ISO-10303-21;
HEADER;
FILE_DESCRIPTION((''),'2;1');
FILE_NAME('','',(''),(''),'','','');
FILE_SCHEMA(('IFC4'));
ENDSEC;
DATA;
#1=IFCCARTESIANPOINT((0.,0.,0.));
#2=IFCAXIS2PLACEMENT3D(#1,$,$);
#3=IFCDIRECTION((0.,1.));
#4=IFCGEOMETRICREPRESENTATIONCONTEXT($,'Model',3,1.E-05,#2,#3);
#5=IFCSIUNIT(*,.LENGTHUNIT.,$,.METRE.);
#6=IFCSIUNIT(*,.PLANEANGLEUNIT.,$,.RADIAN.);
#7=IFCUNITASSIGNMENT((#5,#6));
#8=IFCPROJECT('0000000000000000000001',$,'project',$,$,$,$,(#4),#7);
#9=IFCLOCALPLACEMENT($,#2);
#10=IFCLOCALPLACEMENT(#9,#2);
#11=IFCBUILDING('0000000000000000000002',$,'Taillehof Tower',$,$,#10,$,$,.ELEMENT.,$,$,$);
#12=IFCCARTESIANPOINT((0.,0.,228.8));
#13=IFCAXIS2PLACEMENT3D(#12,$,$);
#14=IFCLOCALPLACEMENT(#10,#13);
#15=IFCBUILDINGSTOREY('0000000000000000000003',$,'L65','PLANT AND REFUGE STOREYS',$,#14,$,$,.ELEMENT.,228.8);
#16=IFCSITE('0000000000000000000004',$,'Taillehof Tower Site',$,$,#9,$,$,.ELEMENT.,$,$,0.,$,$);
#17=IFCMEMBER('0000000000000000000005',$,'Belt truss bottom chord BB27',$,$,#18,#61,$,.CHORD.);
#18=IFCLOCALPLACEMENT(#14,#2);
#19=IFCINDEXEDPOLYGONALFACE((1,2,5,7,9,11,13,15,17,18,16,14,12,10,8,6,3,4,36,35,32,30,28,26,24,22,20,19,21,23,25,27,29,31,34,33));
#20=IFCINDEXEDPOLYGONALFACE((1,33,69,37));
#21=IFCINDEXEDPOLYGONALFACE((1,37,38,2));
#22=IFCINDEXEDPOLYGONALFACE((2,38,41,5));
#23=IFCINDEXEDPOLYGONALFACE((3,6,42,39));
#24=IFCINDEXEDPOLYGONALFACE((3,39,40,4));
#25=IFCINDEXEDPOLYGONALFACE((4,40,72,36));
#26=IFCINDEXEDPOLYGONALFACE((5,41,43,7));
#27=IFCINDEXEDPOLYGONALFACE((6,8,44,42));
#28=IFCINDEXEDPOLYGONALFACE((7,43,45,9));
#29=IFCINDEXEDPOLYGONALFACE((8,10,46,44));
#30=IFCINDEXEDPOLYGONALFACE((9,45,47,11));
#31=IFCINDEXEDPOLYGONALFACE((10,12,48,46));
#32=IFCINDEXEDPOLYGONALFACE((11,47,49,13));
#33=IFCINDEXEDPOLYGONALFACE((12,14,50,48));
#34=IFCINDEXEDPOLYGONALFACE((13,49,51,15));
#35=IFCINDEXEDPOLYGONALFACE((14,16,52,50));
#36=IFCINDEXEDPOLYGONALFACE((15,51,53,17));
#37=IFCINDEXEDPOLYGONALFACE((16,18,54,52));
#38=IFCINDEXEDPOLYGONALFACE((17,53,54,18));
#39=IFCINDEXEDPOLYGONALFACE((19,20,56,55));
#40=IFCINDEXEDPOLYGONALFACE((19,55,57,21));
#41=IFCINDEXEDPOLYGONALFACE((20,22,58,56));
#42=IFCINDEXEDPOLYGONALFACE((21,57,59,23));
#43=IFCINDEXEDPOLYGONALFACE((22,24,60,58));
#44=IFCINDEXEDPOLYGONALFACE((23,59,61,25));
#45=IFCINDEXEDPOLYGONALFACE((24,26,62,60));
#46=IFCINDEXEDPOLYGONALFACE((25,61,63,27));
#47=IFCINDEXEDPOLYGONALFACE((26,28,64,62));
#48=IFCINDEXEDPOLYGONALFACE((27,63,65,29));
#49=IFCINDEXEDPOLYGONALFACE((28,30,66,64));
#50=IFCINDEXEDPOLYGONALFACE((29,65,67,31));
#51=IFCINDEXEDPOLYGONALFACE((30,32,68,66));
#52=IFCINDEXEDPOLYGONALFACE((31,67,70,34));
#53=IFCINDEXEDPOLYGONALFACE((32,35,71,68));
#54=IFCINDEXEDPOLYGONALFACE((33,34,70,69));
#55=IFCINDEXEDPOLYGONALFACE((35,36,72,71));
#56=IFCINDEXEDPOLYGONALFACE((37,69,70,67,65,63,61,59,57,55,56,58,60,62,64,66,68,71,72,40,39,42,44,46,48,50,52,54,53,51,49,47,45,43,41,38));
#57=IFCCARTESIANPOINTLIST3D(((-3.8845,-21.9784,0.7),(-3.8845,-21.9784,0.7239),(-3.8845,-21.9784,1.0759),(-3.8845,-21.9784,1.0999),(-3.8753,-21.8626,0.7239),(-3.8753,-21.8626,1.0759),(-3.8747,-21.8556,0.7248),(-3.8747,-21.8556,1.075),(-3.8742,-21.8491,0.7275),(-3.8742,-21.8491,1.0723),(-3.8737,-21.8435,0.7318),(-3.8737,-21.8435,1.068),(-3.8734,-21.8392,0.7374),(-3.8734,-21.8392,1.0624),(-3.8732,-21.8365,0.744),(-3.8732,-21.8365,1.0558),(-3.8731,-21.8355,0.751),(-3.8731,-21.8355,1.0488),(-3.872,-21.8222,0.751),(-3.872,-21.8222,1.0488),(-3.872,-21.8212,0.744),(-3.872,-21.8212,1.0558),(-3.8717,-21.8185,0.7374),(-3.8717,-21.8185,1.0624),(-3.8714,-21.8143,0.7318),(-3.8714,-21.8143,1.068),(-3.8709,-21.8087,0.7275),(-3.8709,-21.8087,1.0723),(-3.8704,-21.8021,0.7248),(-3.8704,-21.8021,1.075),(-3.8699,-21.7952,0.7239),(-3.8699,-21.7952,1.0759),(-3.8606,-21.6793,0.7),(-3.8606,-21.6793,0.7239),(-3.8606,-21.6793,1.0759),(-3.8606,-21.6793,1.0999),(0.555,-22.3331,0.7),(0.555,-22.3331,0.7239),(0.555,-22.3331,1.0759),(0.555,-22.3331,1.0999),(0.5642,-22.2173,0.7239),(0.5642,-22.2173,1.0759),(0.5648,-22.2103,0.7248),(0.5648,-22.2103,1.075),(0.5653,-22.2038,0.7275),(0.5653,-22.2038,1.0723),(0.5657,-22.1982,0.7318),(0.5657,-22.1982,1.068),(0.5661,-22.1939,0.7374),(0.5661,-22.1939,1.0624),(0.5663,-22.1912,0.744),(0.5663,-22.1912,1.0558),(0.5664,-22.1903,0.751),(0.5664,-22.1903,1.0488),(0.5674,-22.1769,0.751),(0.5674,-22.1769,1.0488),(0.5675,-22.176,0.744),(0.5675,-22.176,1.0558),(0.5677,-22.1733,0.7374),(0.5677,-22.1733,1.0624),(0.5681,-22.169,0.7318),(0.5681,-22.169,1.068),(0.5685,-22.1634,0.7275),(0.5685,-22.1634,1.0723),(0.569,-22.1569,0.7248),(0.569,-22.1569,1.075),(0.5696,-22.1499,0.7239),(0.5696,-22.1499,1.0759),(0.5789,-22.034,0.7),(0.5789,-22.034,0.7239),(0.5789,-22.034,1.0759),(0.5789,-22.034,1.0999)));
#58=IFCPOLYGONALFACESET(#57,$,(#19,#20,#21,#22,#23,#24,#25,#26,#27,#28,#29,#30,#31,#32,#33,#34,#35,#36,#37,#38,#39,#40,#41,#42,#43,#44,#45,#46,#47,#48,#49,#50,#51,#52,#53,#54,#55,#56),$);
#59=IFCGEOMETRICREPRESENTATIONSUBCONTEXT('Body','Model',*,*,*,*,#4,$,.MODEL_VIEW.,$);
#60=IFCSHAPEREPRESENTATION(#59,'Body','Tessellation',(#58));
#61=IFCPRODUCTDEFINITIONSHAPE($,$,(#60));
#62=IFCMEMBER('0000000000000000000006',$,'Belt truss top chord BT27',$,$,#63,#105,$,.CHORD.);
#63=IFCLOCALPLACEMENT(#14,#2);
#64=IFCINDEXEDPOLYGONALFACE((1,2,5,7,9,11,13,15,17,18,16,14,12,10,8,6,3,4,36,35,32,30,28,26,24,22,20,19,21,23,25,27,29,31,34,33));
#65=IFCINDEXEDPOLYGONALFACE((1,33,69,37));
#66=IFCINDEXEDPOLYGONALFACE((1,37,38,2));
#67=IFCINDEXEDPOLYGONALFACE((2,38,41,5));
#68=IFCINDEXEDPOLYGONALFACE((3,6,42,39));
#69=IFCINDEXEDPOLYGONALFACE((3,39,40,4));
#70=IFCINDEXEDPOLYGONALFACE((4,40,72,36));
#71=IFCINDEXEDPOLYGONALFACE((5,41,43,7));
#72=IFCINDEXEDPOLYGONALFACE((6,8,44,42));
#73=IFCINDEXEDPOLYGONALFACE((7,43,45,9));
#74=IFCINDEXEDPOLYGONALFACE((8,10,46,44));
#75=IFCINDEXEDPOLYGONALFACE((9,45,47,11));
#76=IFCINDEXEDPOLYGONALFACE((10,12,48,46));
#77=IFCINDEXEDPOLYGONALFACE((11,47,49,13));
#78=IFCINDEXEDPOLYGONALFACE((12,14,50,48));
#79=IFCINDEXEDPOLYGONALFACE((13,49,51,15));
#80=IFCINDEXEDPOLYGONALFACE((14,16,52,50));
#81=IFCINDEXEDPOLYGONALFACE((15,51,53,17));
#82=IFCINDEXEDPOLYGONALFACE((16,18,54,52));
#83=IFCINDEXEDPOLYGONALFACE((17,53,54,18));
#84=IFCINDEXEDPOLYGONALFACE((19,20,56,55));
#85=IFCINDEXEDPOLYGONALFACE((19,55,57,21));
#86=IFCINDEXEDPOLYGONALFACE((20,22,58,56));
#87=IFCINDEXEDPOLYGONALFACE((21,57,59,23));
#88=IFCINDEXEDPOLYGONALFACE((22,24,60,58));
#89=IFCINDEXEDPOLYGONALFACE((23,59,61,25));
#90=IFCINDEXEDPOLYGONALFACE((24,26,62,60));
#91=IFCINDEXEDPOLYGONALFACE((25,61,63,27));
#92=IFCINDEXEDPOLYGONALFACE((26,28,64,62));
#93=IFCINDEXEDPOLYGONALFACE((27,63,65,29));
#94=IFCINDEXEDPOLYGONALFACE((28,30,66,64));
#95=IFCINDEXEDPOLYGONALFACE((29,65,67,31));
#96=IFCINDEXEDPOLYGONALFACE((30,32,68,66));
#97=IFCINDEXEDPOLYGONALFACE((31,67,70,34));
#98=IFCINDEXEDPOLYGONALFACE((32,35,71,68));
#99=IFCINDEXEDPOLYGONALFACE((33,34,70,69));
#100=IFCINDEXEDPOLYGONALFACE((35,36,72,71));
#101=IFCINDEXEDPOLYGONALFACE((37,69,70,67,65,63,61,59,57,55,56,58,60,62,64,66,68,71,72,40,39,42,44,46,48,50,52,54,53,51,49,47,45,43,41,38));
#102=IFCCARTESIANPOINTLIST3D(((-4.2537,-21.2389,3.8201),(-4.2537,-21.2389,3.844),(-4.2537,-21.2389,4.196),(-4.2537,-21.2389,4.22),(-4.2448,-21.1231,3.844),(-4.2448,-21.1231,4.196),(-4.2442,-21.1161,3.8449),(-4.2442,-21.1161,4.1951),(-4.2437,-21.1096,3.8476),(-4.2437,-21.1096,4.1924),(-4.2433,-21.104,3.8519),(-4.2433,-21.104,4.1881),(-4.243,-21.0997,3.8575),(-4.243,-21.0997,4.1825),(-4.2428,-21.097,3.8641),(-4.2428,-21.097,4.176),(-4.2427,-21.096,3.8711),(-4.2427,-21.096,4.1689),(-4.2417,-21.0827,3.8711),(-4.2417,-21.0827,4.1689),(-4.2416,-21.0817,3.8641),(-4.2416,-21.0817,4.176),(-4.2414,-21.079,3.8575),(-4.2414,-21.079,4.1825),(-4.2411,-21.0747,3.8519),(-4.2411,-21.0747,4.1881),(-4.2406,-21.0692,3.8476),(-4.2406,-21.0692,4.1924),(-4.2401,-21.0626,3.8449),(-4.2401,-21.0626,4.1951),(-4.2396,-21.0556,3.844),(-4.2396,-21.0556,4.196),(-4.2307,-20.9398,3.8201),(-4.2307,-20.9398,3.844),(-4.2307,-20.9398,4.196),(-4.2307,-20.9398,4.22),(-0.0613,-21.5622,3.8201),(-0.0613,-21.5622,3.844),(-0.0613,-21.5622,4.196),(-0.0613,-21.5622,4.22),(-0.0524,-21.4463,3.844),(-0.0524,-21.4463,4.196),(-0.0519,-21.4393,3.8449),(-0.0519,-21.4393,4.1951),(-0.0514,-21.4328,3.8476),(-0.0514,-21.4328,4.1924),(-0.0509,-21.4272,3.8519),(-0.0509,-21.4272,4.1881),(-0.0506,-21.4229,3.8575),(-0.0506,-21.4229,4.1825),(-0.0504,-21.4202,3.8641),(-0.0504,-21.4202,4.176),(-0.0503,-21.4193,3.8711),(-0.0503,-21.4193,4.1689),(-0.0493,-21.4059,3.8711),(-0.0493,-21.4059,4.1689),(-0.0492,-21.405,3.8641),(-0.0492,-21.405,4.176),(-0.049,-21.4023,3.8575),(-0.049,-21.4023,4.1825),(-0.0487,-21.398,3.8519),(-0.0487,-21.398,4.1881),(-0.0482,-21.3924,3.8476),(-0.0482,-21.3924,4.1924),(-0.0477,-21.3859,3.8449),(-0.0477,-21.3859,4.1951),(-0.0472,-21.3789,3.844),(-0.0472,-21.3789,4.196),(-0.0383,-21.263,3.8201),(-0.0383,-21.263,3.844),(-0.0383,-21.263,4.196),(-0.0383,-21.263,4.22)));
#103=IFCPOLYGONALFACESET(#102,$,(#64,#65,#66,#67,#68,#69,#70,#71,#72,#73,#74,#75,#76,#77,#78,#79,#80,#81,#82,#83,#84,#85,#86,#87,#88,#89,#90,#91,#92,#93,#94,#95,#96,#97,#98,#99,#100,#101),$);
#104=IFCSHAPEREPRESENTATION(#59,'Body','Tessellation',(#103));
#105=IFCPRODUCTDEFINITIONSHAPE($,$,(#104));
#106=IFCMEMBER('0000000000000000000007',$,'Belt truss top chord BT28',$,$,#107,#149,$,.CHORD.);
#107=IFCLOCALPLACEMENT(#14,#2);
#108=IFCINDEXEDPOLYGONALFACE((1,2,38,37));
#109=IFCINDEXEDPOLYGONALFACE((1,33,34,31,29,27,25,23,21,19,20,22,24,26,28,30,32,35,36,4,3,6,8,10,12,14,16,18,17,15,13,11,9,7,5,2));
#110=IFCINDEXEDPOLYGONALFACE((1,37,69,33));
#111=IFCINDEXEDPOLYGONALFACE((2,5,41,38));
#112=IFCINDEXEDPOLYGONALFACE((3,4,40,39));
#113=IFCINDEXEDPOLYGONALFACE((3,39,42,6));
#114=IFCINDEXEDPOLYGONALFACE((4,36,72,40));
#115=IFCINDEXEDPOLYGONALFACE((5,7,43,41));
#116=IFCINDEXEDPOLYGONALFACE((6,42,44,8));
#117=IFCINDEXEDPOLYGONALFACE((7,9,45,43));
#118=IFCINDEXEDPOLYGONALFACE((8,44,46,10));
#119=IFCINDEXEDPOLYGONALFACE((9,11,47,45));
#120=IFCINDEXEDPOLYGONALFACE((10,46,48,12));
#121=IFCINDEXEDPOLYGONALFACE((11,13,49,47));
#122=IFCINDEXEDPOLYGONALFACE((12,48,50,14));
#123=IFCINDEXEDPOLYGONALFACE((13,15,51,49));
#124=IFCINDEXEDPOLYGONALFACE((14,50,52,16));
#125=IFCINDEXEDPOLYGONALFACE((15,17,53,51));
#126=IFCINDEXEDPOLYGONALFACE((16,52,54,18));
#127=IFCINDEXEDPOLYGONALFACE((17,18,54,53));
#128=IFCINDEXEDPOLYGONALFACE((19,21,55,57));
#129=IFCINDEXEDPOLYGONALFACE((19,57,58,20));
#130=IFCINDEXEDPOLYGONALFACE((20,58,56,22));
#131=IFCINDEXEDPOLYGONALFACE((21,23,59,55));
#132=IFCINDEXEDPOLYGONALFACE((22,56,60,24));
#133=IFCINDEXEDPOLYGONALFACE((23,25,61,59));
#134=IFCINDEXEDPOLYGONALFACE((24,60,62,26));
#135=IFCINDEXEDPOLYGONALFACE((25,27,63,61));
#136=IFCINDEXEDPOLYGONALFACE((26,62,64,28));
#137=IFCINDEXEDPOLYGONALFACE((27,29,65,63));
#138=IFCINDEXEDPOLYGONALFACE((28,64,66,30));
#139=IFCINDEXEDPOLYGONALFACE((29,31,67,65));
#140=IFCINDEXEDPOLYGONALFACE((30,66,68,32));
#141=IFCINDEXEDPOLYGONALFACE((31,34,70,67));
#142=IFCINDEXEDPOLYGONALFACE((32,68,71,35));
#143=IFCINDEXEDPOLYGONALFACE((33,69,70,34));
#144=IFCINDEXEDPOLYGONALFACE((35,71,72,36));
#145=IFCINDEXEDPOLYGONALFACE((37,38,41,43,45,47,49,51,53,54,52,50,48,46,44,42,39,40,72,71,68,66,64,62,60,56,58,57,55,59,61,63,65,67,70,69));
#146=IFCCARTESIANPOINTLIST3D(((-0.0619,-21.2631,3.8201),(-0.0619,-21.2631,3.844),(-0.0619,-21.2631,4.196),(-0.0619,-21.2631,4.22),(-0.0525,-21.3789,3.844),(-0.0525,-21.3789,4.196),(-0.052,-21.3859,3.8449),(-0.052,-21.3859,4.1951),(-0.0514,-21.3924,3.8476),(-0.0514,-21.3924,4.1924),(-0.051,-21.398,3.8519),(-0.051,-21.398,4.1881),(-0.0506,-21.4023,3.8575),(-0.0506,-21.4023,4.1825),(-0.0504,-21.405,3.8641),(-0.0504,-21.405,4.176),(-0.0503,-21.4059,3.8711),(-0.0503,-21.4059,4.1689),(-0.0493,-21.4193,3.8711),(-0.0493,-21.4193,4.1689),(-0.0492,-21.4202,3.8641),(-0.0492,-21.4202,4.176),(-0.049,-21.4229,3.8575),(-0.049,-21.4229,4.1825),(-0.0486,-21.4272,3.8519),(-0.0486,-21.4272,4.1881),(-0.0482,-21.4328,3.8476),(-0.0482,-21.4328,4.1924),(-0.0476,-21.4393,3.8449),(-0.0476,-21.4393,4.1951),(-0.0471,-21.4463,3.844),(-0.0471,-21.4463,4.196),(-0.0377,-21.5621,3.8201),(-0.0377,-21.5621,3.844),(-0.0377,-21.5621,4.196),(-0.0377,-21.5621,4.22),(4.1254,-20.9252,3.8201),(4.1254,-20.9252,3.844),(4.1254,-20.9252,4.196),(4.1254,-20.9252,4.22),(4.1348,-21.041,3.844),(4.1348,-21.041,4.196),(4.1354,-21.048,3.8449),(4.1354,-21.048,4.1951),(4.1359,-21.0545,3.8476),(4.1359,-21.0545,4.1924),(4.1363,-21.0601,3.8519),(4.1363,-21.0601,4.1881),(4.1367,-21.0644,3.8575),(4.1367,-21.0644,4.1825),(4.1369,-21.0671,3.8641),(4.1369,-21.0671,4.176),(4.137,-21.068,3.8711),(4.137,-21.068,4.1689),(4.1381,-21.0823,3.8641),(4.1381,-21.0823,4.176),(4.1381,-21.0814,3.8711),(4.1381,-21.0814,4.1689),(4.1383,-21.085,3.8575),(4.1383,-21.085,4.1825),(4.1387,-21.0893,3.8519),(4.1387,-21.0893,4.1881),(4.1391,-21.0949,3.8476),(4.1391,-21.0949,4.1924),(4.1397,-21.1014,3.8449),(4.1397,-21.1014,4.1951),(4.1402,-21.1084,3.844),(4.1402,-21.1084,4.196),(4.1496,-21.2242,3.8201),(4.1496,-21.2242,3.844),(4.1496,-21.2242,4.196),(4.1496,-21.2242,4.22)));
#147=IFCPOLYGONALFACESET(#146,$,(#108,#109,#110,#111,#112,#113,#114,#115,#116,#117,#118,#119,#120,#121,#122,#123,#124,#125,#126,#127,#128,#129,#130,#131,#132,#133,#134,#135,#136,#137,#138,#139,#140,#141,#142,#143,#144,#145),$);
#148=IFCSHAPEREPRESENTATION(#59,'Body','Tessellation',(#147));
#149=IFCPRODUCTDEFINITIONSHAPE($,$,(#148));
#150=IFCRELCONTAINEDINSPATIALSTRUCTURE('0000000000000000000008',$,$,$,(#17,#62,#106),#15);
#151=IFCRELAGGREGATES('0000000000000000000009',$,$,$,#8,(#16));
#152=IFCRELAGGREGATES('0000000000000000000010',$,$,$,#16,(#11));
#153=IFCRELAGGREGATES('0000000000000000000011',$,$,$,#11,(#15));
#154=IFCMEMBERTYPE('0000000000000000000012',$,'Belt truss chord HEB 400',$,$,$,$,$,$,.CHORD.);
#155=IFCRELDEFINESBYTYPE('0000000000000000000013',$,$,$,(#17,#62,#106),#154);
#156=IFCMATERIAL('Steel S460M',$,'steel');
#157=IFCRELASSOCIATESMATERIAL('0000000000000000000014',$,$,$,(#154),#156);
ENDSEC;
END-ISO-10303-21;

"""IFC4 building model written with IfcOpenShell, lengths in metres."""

from ifc_helpers import new_model, si_unit, direction, frame, origin, origin_2d, place, context, subcontext, project, spatial, i_section, extrude, material, material_profile, profile_set, type_object, element, save


model = new_model("IFC4")

# Units and contexts
model_context = context("Model", 3, precision=1e-05, world=origin(), true_north=direction((0.0, 1.0)))
body_context = subcontext(model_context, "Body", "Model", "MODEL_VIEW")
ifc_project = project(units=[si_unit("LENGTHUNIT", "METRE"), si_unit("PLANEANGLEUNIT", "RADIAN")], contexts=[model_context])

# Site, building, storey
site_placement = place(None, origin())
site = spatial("IfcSite", under=ifc_project, at=site_placement, Name="Taillehof Tower Site", CompositionType="ELEMENT", RefElevation=0.0)
building_placement = place(site_placement, origin())
building = spatial("IfcBuilding", under=site, at=building_placement, Name="Taillehof Tower", CompositionType="ELEMENT")
storey_placement = place(building_placement, frame((0.0, 0.0, 228.8)))
storey = spatial("IfcBuildingStorey", under=building, at=storey_placement, Name="L65", Description="PLANT AND REFUGE STOREYS", CompositionType="ELEMENT", Elevation=228.8)

# Members
ifc_material_1 = material(Name="Steel S460M", Category="steel")
ifc_material_profile_1 = material_profile(ifc_material_1, i_section(OverallWidth=0.3, OverallDepth=0.3999, WebThickness=0.0134, FlangeThickness=0.0239, FilletRadius=0.0271, at=origin_2d()), Name="HEB 400")
ifc_profile_set_1 = profile_set([ifc_material_profile_1], Name="Steel S460M")
member_type_1 = type_object("IfcMemberType", Name="Belt truss chord HEB 400", PredefinedType="CHORD", material=ifc_profile_set_1)
member_1_placement = place(storey_placement, frame((-3.8726, -21.8289, 0.8999), z_axis=(0.996823, -0.079652, 0.0), x_axis=(0.079652, 0.996823, 0.0)))
element("IfcMember", 1, at=member_1_placement, inside=storey, type_object=member_type_1, Name="Belt truss bottom chord BB27", PredefinedType="CHORD", context=body_context, shape_type="SweptSolid", body=[
    extrude(i_section(OverallWidth=0.3, OverallDepth=0.3999, WebThickness=0.0134, FlangeThickness=0.0239, FilletRadius=0.0271, at=origin_2d()), origin(), (0.0, 0.0, 1.0), 4.4536),
])
member_2_placement = place(storey_placement, frame((-4.2422, -21.0894, 4.02), z_axis=(0.997041, -0.076874, 0.0), x_axis=(0.076874, 0.997041, 0.0)))
element("IfcMember", 2, at=member_2_placement, inside=storey, type_object=member_type_1, Name="Belt truss top chord BT27", PredefinedType="CHORD", context=body_context, shape_type="SweptSolid", body=[
    extrude(i_section(OverallWidth=0.3, OverallDepth=0.3999, WebThickness=0.0134, FlangeThickness=0.0239, FilletRadius=0.0271, at=origin_2d()), origin(), (0.0, 0.0, 1.0), 4.2048),
])
member_3_placement = place(storey_placement, frame((-0.0498, -21.4126, 4.02), z_axis=(0.99676, 0.080434, 0.0), x_axis=(-0.080434, 0.99676, 0.0)))
element("IfcMember", 3, at=member_3_placement, inside=storey, type_object=member_type_1, Name="Belt truss top chord BT28", PredefinedType="CHORD", context=body_context, shape_type="SweptSolid", body=[
    extrude(i_section(OverallWidth=0.3, OverallDepth=0.3999, WebThickness=0.0134, FlangeThickness=0.0239, FilletRadius=0.0271, at=origin_2d()), origin(), (0.0, 0.0, 1.0), 4.2009),
])

save(model, "model.ifc")
